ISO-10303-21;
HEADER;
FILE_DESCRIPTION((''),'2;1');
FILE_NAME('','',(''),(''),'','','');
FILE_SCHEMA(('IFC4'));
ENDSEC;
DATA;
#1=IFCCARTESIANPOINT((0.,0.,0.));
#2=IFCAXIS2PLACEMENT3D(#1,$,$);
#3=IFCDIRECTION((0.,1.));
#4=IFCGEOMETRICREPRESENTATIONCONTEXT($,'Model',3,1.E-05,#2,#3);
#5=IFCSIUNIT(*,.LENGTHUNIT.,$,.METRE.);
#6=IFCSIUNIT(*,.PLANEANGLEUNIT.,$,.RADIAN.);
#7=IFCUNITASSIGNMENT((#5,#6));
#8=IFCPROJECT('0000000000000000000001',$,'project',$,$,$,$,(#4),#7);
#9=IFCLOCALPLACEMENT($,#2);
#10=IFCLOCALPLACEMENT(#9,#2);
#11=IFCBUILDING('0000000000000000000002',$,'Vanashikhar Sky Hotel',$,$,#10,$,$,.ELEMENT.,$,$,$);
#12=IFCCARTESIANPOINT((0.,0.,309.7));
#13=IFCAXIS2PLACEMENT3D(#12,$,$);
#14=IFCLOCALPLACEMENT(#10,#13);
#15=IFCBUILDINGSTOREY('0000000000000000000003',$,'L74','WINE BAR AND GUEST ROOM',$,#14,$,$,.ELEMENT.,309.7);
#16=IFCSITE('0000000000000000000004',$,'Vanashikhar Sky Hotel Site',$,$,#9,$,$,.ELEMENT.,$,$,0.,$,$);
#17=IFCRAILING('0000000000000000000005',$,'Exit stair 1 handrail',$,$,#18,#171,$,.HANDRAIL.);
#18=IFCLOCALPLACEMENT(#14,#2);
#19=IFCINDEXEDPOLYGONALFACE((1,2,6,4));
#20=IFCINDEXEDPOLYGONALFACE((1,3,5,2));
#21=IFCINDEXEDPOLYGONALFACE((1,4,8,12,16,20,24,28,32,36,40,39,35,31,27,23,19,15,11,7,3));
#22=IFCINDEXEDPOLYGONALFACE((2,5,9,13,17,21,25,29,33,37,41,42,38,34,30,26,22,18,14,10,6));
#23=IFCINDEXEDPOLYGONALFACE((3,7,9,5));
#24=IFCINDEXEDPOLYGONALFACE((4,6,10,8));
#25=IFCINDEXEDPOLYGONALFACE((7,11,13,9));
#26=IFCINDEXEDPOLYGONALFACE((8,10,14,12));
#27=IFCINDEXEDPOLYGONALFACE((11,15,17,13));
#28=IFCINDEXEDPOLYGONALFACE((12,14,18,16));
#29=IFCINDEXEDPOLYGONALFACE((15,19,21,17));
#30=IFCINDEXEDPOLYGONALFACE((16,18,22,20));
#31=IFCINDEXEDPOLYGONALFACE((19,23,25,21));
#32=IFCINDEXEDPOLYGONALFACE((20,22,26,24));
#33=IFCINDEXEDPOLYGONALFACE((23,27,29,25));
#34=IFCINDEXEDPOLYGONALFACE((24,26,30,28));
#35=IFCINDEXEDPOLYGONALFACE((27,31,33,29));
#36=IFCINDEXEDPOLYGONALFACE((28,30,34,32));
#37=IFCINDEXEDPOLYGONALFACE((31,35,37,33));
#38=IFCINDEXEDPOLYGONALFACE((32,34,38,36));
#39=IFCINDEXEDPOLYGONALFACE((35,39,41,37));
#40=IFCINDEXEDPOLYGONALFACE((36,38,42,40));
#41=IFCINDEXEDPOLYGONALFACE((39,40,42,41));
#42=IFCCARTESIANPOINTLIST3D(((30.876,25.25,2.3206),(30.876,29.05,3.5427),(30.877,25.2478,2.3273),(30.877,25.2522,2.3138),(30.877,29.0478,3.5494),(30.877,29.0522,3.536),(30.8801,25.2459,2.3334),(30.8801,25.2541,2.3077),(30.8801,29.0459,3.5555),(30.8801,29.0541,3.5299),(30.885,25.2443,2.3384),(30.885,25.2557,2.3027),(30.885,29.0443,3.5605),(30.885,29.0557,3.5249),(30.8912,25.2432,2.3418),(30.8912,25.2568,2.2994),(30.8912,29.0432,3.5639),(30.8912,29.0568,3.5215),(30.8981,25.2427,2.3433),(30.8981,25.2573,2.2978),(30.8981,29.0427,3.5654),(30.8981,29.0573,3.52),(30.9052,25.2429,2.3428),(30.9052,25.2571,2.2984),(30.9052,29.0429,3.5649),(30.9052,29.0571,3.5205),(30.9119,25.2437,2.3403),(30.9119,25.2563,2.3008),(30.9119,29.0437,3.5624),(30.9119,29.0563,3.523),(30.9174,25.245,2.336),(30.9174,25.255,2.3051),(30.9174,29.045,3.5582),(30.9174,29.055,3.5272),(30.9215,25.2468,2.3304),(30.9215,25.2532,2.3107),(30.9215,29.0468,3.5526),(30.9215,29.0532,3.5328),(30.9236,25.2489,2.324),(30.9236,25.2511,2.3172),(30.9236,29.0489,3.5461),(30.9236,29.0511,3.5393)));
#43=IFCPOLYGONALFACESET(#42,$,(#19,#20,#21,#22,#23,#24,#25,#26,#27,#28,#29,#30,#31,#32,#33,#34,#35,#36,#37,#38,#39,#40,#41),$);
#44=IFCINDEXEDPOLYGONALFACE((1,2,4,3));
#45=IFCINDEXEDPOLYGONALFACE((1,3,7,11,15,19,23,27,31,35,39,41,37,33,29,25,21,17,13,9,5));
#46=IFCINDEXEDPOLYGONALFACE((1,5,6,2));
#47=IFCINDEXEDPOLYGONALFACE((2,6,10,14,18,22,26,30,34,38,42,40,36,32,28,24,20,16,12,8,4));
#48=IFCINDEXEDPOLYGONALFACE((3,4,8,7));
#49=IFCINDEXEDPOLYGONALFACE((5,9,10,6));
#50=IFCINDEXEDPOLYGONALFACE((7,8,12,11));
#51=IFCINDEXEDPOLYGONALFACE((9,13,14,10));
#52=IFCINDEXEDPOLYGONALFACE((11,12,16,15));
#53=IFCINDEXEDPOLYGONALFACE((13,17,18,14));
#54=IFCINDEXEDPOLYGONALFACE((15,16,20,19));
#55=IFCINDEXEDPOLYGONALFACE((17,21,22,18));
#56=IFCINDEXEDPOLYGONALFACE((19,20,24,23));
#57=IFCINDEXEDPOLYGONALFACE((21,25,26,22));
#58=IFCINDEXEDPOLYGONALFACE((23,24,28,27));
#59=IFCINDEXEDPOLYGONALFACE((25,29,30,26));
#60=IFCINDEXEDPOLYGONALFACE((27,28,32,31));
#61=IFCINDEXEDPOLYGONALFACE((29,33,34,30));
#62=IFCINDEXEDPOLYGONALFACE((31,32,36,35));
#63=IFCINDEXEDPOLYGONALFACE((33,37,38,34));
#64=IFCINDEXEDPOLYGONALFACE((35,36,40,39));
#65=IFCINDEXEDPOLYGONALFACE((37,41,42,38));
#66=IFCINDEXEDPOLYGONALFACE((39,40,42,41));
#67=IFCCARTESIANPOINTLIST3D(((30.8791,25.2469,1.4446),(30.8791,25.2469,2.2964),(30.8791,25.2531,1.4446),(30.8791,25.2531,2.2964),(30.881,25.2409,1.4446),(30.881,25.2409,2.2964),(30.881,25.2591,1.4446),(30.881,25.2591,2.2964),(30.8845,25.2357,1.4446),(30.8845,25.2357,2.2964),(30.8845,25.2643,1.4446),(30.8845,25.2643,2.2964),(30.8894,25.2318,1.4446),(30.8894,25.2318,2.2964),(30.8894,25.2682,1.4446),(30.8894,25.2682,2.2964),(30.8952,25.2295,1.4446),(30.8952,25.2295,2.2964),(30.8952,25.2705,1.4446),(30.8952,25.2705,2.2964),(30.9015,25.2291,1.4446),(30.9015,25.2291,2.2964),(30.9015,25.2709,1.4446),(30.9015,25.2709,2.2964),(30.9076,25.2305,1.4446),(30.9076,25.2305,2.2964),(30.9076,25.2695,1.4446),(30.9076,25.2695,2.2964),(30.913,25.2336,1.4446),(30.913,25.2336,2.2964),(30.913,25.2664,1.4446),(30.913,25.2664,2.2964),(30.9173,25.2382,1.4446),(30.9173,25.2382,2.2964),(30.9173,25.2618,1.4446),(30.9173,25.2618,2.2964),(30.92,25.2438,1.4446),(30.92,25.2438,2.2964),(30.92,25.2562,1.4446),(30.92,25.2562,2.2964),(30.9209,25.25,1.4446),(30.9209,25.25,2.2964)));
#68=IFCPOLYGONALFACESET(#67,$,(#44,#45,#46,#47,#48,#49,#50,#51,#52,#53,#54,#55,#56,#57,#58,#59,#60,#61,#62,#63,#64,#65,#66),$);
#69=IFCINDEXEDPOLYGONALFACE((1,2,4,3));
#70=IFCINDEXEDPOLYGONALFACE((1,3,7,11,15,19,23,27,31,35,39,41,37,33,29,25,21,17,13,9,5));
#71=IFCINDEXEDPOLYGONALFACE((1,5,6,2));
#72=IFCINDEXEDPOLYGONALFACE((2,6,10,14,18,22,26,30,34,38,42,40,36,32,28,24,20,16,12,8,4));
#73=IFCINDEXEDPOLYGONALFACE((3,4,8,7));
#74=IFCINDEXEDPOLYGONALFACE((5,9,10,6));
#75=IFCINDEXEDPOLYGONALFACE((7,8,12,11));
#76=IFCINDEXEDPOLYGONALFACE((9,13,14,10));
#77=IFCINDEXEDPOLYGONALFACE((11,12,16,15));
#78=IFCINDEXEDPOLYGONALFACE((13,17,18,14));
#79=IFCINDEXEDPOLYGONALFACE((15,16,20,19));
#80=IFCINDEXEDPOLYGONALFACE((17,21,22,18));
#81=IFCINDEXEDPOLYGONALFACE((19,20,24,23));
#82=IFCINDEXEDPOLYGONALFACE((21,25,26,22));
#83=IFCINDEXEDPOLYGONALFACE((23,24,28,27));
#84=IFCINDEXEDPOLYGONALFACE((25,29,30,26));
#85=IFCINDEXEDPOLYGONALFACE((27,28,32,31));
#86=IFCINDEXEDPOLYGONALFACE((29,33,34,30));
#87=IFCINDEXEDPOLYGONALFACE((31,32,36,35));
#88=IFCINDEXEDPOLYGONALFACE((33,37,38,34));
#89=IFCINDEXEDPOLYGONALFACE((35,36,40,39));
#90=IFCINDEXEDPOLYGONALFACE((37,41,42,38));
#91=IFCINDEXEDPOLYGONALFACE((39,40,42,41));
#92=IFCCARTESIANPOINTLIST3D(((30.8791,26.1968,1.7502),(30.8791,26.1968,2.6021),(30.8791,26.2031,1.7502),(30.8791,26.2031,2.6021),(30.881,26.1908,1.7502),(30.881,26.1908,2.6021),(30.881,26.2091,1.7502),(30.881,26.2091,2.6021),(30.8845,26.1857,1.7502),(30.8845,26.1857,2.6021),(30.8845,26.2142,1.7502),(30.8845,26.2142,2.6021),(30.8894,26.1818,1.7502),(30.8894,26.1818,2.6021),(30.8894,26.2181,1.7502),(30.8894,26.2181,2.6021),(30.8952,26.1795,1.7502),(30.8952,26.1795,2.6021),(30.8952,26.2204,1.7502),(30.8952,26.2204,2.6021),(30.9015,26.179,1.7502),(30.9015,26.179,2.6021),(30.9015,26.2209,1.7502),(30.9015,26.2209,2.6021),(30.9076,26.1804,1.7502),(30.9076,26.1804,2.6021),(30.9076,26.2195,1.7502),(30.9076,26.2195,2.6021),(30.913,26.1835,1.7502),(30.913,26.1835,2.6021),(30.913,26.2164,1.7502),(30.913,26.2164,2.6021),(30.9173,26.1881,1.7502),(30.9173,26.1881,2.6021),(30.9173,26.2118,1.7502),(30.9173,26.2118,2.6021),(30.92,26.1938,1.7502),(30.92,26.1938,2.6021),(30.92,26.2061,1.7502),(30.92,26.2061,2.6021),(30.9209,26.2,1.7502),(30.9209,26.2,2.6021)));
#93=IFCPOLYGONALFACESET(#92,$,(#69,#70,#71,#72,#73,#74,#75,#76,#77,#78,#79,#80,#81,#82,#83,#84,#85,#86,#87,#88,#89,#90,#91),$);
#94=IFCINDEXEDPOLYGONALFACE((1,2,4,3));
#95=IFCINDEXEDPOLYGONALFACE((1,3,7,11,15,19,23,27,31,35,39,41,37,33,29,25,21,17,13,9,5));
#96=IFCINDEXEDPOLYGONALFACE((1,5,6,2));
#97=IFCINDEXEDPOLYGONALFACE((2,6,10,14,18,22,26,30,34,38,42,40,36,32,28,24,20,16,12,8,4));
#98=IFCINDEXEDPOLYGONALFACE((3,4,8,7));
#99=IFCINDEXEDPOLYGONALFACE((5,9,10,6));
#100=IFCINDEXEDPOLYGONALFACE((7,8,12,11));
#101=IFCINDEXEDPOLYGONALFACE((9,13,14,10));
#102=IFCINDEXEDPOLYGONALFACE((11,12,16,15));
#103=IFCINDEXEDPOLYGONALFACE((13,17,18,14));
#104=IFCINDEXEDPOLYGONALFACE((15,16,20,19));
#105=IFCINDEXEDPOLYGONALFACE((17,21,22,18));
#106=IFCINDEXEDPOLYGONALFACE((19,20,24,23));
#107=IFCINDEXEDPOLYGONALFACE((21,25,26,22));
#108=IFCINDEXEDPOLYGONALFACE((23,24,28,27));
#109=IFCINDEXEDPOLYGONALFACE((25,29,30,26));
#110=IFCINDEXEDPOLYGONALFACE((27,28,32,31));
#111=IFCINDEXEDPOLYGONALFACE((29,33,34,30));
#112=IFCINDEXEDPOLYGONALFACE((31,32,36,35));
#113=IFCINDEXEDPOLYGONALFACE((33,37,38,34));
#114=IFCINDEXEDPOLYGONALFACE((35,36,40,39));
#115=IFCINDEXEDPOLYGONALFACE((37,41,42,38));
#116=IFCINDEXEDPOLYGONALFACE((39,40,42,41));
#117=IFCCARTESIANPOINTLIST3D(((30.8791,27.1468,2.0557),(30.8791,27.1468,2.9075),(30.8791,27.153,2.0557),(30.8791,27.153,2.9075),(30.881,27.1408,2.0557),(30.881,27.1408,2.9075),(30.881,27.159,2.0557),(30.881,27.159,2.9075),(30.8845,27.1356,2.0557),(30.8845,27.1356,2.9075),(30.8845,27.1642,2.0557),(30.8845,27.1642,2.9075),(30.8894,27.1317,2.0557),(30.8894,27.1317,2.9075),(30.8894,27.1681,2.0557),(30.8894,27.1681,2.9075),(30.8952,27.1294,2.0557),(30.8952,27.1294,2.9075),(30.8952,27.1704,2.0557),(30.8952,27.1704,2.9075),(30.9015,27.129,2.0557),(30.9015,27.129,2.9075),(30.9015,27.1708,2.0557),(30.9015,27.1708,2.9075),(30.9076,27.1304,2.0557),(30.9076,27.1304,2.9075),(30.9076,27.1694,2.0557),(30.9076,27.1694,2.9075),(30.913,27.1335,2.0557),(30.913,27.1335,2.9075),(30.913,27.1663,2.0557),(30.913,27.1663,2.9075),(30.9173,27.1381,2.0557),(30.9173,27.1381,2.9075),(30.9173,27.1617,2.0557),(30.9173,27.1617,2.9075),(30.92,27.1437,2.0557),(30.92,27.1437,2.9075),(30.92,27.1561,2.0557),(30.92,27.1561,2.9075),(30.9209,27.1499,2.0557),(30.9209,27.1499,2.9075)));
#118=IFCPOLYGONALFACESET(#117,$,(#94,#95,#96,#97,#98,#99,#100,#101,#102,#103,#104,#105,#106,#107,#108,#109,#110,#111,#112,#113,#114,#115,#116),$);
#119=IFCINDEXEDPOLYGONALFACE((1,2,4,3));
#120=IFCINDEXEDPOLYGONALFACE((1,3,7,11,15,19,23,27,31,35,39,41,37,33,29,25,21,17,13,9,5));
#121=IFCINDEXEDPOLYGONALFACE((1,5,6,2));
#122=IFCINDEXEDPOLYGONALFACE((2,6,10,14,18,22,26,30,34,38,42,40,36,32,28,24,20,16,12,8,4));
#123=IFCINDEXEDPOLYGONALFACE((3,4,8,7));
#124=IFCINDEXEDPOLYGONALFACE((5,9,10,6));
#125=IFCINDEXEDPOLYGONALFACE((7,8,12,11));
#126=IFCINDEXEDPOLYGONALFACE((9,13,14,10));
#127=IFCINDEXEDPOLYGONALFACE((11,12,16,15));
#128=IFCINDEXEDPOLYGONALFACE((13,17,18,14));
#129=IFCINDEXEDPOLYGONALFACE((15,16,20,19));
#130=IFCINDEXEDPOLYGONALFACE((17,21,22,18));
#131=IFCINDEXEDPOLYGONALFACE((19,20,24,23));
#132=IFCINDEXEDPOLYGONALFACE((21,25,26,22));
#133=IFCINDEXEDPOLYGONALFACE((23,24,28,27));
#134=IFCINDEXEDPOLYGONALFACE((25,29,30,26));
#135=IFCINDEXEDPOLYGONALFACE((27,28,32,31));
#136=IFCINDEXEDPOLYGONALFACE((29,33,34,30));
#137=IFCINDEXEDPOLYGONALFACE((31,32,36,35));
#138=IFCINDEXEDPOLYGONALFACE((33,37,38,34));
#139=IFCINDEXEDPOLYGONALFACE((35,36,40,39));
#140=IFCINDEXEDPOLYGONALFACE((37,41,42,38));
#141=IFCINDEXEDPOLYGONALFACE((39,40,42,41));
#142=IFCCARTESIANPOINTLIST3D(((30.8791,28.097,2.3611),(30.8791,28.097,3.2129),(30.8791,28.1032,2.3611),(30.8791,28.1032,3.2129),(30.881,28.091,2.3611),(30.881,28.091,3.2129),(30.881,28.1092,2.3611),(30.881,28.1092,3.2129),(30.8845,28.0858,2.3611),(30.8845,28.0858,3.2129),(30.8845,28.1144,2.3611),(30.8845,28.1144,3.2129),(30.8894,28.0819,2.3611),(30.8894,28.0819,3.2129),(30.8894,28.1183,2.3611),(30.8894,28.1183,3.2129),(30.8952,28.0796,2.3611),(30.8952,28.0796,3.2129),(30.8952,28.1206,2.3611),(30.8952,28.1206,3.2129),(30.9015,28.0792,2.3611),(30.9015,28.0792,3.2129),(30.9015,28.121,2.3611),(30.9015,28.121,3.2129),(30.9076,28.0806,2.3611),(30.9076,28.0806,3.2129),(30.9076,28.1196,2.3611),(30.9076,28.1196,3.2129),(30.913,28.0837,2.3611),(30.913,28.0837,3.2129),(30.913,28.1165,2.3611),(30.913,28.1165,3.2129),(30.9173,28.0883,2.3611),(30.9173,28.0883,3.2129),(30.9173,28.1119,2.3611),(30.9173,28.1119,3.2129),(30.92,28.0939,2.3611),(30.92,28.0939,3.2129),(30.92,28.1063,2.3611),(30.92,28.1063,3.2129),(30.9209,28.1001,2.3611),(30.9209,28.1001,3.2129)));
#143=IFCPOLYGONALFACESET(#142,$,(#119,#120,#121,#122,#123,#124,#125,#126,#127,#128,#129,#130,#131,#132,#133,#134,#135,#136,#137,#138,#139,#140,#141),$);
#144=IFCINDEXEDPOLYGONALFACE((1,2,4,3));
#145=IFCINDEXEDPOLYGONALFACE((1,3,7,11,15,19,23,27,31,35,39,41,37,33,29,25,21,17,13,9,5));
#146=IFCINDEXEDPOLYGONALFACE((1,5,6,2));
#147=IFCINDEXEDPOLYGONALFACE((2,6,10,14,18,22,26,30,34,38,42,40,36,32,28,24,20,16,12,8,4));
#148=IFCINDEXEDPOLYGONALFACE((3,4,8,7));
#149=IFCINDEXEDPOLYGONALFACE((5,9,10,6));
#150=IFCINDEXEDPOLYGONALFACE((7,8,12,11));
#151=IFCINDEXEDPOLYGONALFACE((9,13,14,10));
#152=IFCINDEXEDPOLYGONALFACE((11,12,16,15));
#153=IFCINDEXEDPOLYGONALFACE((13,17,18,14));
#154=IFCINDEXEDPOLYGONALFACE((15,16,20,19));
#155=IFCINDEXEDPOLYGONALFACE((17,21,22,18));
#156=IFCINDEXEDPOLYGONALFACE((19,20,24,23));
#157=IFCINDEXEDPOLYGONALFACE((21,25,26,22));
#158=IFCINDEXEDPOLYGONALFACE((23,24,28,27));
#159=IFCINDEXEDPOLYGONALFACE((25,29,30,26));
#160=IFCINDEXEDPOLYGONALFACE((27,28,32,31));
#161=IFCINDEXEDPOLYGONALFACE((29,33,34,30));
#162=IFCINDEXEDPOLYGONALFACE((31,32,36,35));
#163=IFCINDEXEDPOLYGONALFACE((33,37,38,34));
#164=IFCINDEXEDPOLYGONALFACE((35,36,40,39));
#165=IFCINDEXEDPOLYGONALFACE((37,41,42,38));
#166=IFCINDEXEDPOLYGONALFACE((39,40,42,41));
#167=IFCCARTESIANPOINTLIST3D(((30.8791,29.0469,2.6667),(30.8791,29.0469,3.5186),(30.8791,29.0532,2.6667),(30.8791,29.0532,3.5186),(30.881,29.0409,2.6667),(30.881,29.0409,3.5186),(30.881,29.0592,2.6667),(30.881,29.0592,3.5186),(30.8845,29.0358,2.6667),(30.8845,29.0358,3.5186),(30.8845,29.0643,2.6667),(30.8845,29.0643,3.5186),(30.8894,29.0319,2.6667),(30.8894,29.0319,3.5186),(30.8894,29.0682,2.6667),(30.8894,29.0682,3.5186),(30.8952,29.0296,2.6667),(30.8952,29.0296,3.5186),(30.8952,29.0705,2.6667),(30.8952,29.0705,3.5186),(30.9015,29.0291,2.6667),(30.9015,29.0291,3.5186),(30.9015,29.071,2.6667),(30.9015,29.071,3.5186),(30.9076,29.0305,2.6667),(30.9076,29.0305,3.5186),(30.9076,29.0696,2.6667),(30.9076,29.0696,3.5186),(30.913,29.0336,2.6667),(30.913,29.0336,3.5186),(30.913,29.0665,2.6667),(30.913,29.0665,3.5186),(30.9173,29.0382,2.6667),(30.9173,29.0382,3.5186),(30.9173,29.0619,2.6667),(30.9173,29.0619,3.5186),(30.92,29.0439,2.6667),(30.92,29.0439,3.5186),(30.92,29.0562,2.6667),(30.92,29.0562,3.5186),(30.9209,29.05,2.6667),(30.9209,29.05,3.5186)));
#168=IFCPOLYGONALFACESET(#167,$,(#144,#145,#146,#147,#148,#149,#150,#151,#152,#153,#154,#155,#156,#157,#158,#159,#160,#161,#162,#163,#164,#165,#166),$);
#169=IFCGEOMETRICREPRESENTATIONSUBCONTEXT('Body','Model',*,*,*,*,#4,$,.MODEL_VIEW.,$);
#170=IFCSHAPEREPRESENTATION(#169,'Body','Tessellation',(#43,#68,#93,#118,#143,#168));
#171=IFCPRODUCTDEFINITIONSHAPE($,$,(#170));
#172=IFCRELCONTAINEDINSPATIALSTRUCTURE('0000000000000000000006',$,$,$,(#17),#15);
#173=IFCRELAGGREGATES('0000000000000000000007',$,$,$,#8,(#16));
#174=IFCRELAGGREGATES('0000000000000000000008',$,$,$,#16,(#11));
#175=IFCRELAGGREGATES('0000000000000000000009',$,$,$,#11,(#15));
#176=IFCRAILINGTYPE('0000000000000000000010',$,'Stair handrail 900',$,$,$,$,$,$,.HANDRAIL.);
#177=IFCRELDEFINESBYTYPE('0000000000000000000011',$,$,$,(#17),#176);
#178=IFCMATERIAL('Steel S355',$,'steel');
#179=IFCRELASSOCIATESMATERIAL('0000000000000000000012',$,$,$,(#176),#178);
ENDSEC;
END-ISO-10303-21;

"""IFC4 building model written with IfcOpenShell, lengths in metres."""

from ifc_helpers import new_model, si_unit, direction, frame, origin, origin_2d, place, context, subcontext, project, spatial, circle, extrude, source, transform, mapped, material, type_object, element, save


model = new_model("IFC4")

# Units and contexts
model_context = context("Model", 3, precision=1e-05, world=origin(), true_north=direction((0.0, 1.0)))
body_context = subcontext(model_context, "Body", "Model", "MODEL_VIEW")
ifc_project = project(units=[si_unit("LENGTHUNIT", "METRE"), si_unit("PLANEANGLEUNIT", "RADIAN")], contexts=[model_context])

# Site, building, storey
site_placement = place(None, origin())
site = spatial("IfcSite", under=ifc_project, at=site_placement, Name="Vanashikhar Sky Hotel Site", CompositionType="ELEMENT", RefElevation=0.0)
building_placement = place(site_placement, origin())
building = spatial("IfcBuilding", under=site, at=building_placement, Name="Vanashikhar Sky Hotel", CompositionType="ELEMENT")
storey_placement = place(building_placement, frame((0.0, 0.0, 309.7)))
storey = spatial("IfcBuildingStorey", under=building, at=storey_placement, Name="L74", Description="WINE BAR AND GUEST ROOM", CompositionType="ELEMENT", Elevation=309.7)

# Railing
ifc_material_1 = material(Name="Steel S355", Category="steel")
railing_type_1 = type_object("IfcRailingType", Name="Stair handrail 900", PredefinedType="HANDRAIL", material=ifc_material_1)
shared_shape_1 = source(origin(), body_context, "Body", "SweptSolid", [
    extrude(circle(Radius=0.0239, at=origin_2d()), frame((0.0, 0.0, 0.876), z_axis=(0.0, 0.951976, 0.306173), x_axis=(-1.0, 0.0, 0.0)), (0.0, 0.0, 1.0), 3.9917),
    extrude(circle(Radius=0.021, at=origin_2d()), origin(), (0.0, 0.0, 1.0), 0.8518),
    extrude(circle(Radius=0.021, at=origin_2d()), frame((0.0, 0.95, 0.3057)), (0.0, 0.0, 1.0), 0.8518),
    extrude(circle(Radius=0.021, at=origin_2d()), frame((0.0, 1.8999, 0.6111)), (0.0, 0.0, 1.0), 0.8518),
    extrude(circle(Radius=0.021, at=origin_2d()), frame((0.0, 2.8501, 0.9165)), (0.0, 0.0, 1.0), 0.8518),
    extrude(circle(Radius=0.021, at=origin_2d()), frame((0.0, 3.8, 1.2222)), (0.0, 0.0, 1.0), 0.8518),
])
for number, where, name in (
    (1, (30.8999, 25.25, 1.4446), "Exit stair 1 handrail"),
):
    element("IfcRailing", number, at=place(storey_placement, frame(where)), inside=storey, type_object=railing_type_1, Name=name, PredefinedType="HANDRAIL", context=body_context, shape_type="MappedRepresentation", body=[
        mapped(shared_shape_1, transform((0.0, 0.0, 0.0), scale=1.0)),
    ])

save(model, "model.ifc")
